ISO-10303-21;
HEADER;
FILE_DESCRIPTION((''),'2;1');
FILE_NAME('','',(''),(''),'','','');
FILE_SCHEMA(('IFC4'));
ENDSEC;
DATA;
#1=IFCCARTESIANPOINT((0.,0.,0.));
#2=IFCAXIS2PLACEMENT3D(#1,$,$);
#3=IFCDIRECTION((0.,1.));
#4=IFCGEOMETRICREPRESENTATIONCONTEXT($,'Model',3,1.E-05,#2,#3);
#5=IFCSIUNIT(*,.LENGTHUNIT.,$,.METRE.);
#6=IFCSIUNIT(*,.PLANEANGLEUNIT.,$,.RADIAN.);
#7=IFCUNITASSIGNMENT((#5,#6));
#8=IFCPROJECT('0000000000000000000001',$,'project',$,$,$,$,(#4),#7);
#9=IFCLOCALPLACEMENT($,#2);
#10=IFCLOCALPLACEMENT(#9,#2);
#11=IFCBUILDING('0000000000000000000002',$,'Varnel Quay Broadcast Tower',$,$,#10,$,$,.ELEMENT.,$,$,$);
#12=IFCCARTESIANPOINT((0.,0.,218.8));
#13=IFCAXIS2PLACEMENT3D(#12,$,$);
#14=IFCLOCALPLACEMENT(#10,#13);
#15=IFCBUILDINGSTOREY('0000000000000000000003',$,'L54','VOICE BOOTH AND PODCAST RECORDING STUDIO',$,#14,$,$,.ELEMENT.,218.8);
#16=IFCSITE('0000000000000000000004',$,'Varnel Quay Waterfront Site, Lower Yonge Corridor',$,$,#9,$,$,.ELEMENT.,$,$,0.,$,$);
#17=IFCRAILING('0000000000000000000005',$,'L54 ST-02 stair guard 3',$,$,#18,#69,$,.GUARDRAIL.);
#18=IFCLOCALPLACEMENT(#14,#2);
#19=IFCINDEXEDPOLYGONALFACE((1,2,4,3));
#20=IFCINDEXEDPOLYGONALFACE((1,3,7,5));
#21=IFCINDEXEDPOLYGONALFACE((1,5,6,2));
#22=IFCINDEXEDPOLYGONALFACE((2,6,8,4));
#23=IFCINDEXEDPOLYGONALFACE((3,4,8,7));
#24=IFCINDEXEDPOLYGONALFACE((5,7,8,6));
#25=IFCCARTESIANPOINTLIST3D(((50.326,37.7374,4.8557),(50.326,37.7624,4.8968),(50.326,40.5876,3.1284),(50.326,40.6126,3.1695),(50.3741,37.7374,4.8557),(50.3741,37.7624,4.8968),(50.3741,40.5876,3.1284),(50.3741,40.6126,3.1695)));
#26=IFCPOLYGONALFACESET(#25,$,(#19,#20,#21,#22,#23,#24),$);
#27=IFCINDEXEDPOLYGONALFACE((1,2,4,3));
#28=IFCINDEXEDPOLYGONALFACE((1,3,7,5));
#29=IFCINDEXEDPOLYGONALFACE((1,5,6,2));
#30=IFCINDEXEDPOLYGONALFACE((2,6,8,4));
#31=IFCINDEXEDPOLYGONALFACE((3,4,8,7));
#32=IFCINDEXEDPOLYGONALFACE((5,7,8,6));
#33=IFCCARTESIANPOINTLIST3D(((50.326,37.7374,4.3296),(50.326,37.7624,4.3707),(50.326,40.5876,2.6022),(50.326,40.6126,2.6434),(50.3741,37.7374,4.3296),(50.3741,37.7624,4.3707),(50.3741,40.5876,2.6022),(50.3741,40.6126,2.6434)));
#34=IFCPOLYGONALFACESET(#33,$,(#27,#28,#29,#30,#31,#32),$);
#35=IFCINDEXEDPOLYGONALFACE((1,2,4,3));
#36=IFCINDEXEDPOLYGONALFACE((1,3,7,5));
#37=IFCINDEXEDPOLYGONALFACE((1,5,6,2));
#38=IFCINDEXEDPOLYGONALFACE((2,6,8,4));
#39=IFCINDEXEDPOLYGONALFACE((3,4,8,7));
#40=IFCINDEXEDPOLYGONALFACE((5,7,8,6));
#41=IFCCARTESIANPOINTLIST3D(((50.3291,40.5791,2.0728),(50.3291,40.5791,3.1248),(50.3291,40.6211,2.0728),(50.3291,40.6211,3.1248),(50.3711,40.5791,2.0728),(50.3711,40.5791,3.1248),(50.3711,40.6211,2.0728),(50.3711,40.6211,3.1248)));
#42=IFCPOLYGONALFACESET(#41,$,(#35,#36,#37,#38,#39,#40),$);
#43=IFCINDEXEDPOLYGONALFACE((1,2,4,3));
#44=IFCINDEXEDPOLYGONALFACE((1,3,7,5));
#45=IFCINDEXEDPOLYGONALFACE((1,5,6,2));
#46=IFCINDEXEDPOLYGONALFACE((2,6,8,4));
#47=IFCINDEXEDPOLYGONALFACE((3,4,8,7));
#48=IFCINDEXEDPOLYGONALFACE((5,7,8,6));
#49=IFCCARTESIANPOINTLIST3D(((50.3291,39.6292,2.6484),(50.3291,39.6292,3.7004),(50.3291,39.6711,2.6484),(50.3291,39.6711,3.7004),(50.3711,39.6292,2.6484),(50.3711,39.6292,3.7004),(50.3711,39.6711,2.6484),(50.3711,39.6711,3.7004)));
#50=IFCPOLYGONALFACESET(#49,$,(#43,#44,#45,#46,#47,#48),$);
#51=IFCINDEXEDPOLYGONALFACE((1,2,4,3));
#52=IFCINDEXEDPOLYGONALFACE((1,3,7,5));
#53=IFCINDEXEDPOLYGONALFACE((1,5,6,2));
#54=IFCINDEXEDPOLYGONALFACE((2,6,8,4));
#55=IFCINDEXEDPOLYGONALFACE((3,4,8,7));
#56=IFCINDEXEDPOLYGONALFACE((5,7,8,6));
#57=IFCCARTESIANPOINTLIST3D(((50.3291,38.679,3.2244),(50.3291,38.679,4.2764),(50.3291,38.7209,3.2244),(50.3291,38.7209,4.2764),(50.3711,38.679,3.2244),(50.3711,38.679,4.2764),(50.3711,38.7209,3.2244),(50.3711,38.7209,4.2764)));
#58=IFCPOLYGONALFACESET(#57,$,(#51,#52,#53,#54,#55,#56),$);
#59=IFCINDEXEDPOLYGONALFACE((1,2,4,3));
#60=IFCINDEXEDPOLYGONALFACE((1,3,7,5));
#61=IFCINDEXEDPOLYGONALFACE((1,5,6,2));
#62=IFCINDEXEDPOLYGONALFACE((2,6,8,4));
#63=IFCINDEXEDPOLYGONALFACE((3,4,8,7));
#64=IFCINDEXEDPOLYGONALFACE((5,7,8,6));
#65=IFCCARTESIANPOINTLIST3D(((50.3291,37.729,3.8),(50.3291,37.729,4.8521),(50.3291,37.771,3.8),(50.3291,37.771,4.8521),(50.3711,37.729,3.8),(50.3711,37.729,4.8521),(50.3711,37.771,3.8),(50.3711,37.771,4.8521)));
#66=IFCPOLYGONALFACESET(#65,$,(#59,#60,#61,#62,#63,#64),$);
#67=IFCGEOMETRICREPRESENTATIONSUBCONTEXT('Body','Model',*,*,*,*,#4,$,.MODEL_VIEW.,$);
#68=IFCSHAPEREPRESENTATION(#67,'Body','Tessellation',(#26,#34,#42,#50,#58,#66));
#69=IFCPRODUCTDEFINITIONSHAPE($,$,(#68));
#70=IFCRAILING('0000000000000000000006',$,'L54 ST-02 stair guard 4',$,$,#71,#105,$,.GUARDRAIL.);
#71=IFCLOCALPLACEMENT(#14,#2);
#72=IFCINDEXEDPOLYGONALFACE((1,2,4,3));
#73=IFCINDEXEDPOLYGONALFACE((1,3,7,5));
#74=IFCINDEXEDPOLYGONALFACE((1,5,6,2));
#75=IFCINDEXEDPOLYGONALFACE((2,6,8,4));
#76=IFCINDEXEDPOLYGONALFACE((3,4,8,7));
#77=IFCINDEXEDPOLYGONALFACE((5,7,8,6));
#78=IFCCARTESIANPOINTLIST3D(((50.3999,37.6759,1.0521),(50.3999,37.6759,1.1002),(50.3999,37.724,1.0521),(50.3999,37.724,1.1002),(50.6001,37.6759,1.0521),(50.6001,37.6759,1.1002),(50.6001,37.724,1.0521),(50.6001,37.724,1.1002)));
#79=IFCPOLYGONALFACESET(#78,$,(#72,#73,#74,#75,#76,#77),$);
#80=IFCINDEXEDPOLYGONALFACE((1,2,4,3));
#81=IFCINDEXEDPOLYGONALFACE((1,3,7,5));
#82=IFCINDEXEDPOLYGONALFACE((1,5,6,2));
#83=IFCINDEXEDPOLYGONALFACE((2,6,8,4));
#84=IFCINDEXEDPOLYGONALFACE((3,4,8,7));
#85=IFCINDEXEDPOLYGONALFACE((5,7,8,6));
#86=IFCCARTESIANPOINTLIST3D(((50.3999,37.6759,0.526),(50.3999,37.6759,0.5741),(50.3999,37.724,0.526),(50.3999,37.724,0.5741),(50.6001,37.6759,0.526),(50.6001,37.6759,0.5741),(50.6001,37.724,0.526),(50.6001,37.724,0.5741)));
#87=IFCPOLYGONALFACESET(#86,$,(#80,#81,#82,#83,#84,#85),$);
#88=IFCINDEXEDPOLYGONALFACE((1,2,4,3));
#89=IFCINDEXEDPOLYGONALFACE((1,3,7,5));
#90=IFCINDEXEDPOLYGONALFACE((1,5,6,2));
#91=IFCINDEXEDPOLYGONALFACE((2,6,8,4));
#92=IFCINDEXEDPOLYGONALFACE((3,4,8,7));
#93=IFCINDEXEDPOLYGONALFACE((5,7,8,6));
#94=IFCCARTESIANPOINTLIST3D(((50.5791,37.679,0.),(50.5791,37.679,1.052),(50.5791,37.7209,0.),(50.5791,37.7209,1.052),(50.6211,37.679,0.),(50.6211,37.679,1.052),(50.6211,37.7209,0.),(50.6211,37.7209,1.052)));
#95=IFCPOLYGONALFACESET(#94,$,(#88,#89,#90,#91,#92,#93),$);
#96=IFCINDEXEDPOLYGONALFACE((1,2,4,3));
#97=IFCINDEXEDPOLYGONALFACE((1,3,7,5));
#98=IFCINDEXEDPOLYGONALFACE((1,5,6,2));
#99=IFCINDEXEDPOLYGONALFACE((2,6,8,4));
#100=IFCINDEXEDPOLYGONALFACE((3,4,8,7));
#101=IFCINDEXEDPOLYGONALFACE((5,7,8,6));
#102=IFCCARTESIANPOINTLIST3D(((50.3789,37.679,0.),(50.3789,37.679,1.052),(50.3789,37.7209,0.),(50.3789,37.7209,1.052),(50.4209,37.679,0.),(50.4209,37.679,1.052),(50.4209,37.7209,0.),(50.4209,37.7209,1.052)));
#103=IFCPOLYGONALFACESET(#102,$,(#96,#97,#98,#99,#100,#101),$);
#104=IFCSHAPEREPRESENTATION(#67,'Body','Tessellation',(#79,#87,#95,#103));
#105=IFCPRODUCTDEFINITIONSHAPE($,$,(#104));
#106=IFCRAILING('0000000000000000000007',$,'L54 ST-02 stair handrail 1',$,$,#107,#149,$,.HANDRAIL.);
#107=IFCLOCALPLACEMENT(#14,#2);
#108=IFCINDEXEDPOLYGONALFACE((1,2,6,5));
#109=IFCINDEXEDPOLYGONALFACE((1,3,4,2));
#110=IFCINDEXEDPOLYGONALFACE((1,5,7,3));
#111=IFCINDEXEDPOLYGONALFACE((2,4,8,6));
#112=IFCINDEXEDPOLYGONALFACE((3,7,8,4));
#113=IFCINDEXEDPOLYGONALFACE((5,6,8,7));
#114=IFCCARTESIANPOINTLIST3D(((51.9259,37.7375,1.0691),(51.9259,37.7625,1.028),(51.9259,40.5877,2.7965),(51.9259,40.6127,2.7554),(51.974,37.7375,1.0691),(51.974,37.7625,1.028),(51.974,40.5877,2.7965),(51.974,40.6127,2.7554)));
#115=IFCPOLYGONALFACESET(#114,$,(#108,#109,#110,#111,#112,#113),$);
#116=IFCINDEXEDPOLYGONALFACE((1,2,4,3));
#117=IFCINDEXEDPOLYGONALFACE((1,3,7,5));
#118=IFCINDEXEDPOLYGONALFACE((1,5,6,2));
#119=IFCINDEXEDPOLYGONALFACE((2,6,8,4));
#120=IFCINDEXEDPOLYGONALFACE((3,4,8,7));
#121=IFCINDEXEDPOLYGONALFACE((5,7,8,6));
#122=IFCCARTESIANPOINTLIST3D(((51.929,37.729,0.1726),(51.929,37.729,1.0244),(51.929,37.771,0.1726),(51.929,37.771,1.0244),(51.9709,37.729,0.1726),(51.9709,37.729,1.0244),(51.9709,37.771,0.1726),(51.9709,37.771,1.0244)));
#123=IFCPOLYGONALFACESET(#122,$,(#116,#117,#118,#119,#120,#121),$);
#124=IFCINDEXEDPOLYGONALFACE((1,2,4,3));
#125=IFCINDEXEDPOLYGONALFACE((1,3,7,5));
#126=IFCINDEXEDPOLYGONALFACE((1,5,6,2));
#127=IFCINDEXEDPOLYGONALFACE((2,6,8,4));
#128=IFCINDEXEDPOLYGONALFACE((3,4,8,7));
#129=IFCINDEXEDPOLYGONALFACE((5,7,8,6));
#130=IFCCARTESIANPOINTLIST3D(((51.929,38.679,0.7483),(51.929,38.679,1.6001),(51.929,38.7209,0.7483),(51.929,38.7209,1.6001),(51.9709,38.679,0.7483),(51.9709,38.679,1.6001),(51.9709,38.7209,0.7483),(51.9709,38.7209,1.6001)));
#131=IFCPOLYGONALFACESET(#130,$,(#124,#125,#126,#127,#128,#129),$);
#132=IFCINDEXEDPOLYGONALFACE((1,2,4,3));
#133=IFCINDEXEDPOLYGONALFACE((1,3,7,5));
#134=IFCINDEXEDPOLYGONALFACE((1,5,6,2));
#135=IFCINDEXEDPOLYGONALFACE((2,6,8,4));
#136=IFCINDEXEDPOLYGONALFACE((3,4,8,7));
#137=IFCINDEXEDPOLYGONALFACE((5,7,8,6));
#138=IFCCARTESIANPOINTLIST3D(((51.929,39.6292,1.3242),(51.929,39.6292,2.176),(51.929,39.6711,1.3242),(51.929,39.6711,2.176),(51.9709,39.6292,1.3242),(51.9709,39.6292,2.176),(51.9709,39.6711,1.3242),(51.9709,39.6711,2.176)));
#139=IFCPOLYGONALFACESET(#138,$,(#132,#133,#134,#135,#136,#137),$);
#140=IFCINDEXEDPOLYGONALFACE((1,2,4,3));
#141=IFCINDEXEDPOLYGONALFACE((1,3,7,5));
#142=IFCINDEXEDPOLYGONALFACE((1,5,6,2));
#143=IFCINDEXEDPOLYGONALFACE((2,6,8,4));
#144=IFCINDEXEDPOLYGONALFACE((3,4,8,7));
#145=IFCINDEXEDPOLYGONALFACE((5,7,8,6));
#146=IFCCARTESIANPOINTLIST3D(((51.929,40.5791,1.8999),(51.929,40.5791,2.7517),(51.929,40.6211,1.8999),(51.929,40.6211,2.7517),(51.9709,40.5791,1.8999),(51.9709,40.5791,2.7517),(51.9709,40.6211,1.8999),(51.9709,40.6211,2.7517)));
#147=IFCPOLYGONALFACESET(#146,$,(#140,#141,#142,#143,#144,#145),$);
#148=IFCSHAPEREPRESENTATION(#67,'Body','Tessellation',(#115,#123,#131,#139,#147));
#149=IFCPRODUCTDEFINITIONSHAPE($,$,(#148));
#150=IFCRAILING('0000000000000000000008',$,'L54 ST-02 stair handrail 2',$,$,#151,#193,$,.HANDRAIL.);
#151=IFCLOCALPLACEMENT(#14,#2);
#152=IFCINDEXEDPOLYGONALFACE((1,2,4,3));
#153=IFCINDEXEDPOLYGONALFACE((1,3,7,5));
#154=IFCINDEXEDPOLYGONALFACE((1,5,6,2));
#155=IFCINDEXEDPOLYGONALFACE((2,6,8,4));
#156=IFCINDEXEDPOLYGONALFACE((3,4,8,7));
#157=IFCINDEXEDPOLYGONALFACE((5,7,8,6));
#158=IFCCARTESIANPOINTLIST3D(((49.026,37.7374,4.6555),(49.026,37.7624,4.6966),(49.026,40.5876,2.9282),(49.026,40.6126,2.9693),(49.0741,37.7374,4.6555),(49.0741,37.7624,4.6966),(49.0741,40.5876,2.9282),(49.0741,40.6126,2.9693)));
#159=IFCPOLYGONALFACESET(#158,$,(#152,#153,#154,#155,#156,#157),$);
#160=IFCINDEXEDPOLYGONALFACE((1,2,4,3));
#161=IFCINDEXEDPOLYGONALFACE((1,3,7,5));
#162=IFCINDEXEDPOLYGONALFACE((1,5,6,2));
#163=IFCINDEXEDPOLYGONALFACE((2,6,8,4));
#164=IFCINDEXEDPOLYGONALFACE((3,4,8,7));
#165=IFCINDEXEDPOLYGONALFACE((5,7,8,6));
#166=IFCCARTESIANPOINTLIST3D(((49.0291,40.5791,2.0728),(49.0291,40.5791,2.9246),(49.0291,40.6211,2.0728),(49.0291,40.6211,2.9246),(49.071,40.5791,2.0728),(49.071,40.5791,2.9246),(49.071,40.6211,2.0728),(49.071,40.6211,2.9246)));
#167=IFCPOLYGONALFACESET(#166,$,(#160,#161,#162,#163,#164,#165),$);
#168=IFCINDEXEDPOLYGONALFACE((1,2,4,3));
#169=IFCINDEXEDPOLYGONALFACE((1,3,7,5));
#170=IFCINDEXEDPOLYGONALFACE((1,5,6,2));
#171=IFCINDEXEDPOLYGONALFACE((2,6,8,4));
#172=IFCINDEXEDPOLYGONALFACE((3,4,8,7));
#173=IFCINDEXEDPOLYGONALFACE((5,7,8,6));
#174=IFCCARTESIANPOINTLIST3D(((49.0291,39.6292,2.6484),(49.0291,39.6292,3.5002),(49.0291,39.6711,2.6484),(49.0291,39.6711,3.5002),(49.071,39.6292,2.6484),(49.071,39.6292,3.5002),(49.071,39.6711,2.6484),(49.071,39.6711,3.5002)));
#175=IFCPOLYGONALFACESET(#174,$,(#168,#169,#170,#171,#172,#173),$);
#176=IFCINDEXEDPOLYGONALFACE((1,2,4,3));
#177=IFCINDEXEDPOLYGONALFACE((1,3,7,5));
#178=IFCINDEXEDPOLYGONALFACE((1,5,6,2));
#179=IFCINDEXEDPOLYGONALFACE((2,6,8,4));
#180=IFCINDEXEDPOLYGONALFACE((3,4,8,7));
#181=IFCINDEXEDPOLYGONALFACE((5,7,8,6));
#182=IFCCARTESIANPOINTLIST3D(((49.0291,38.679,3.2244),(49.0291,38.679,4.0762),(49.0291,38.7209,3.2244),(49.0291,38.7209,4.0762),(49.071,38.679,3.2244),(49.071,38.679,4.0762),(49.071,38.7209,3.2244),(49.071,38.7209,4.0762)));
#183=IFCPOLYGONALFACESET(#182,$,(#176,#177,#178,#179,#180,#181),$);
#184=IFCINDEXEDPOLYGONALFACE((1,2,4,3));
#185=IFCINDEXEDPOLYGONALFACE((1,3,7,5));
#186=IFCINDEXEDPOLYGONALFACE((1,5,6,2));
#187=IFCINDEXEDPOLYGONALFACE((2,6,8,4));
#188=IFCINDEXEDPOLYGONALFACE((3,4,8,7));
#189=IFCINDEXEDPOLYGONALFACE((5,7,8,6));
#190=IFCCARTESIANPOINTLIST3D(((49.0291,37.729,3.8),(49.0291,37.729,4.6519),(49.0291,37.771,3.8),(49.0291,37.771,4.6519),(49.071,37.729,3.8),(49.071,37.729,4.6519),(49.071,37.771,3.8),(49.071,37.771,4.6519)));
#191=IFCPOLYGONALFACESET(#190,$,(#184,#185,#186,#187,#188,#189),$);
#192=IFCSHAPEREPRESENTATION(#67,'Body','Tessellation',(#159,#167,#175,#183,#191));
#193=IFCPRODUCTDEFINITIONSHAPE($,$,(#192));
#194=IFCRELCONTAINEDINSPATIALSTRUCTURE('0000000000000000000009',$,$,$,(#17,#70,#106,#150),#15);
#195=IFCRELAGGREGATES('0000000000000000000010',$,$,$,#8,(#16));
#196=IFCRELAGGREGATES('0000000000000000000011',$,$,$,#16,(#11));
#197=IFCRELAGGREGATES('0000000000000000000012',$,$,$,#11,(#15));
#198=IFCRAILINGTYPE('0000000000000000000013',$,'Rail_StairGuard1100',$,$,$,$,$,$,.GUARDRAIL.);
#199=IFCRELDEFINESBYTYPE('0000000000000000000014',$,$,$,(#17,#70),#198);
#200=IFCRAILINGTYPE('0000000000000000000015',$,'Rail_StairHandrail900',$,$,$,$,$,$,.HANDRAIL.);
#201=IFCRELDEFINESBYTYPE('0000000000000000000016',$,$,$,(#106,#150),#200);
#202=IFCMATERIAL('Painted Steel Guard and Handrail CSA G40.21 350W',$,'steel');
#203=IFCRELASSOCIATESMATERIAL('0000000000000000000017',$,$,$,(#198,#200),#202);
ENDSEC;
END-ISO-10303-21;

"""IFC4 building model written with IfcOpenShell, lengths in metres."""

from ifc_helpers import new_model, si_unit, direction, frame, origin, origin_2d, place, context, subcontext, project, spatial, rectangle, extrude, material, type_object, element, save


model = new_model("IFC4")

# Units and contexts
model_context = context("Model", 3, precision=1e-05, world=origin(), true_north=direction((0.0, 1.0)))
body_context = subcontext(model_context, "Body", "Model", "MODEL_VIEW")
ifc_project = project(units=[si_unit("LENGTHUNIT", "METRE"), si_unit("PLANEANGLEUNIT", "RADIAN")], contexts=[model_context])

# Site, building, storey
site_placement = place(None, origin())
site = spatial("IfcSite", under=ifc_project, at=site_placement, Name="Varnel Quay Waterfront Site, Lower Yonge Corridor", CompositionType="ELEMENT", RefElevation=0.0)
building_placement = place(site_placement, origin())
building = spatial("IfcBuilding", under=site, at=building_placement, Name="Varnel Quay Broadcast Tower", CompositionType="ELEMENT")
storey_placement = place(building_placement, frame((0.0, 0.0, 218.8)))
storey = spatial("IfcBuildingStorey", under=building, at=storey_placement, Name="L54", Description="VOICE BOOTH AND PODCAST RECORDING STUDIO", CompositionType="ELEMENT", Elevation=218.8)

# Railings
ifc_material_1 = material(Name="Painted Steel Guard and Handrail CSA G40.21 350W", Category="steel")
railing_type_1 = type_object("IfcRailingType", Name="Rail_StairGuard1100", PredefinedType="GUARDRAIL", material=ifc_material_1)
railing_1_placement = place(storey_placement, frame((50.3501, 40.6001, 2.0728)))
element("IfcRailing", 1, at=railing_1_placement, inside=storey, type_object=railing_type_1, Name="L54 ST-02 stair guard 3", PredefinedType="GUARDRAIL", context=body_context, shape_type="SweptSolid", body=[
    extrude(rectangle(XDim=0.0481, YDim=0.0481, at=origin_2d()), frame((0.0, 0.0, 1.0762), z_axis=(0.0, -0.855203, 0.518294), x_axis=(1.0, 0.0, 0.0)), (0.0, 0.0, 1.0), 3.3328),
    extrude(rectangle(XDim=0.0481, YDim=0.0481, at=origin_2d()), frame((0.0, 0.0, 0.55), z_axis=(0.0, -0.855203, 0.518294), x_axis=(1.0, 0.0, 0.0)), (0.0, 0.0, 1.0), 3.3328),
    extrude(rectangle(XDim=0.042, YDim=0.042, at=origin_2d()), origin(), (0.0, 0.0, 1.0), 1.052),
    extrude(rectangle(XDim=0.042, YDim=0.042, at=origin_2d()), frame((0.0, -0.95, 0.5757)), (0.0, 0.0, 1.0), 1.052),
    extrude(rectangle(XDim=0.042, YDim=0.042, at=origin_2d()), frame((0.0, -1.9001, 1.1516)), (0.0, 0.0, 1.0), 1.052),
    extrude(rectangle(XDim=0.042, YDim=0.042, at=origin_2d()), frame((0.0, -2.8501, 1.7273)), (0.0, 0.0, 1.0), 1.052),
])
railing_2_placement = place(storey_placement, frame((50.6001, 37.7, 0.0)))
element("IfcRailing", 2, at=railing_2_placement, inside=storey, type_object=railing_type_1, Name="L54 ST-02 stair guard 4", PredefinedType="GUARDRAIL", context=body_context, shape_type="SweptSolid", body=[
    extrude(rectangle(XDim=0.0481, YDim=0.0481, at=origin_2d()), frame((0.0, 0.0, 1.0762), z_axis=(-1.0, 0.0, 0.0), x_axis=(0.0, -1.0, 0.0)), (0.0, 0.0, 1.0), 0.2002),
    extrude(rectangle(XDim=0.0481, YDim=0.0481, at=origin_2d()), frame((0.0, 0.0, 0.55), z_axis=(-1.0, 0.0, 0.0), x_axis=(0.0, -1.0, 0.0)), (0.0, 0.0, 1.0), 0.2002),
    extrude(rectangle(XDim=0.042, YDim=0.042, at=origin_2d()), origin(), (0.0, 0.0, 1.0), 1.052),
    extrude(rectangle(XDim=0.042, YDim=0.042, at=origin_2d()), frame((-0.2002, 0.0, 0.0)), (0.0, 0.0, 1.0), 1.052),
])
railing_type_2 = type_object("IfcRailingType", Name="Rail_StairHandrail900", PredefinedType="HANDRAIL", material=ifc_material_1)
railing_3_placement = place(storey_placement, frame((51.95, 37.75, 0.1726)))
element("IfcRailing", 3, at=railing_3_placement, inside=storey, type_object=railing_type_2, Name="L54 ST-02 stair handrail 1", PredefinedType="HANDRAIL", context=body_context, shape_type="SweptSolid", body=[
    extrude(rectangle(XDim=0.0481, YDim=0.0481, at=origin_2d()), frame((0.0, 0.0, 0.876), z_axis=(0.0, 0.855203, 0.518294), x_axis=(-1.0, 0.0, 0.0)), (0.0, 0.0, 1.0), 3.3328),
    extrude(rectangle(XDim=0.042, YDim=0.042, at=origin_2d()), origin(), (0.0, 0.0, 1.0), 0.8518),
    extrude(rectangle(XDim=0.042, YDim=0.042, at=origin_2d()), frame((0.0, 0.95, 0.5757)), (0.0, 0.0, 1.0), 0.8518),
    extrude(rectangle(XDim=0.042, YDim=0.042, at=origin_2d()), frame((0.0, 1.9001, 1.1516)), (0.0, 0.0, 1.0), 0.8518),
    extrude(rectangle(XDim=0.042, YDim=0.042, at=origin_2d()), frame((0.0, 2.8501, 1.7273)), (0.0, 0.0, 1.0), 0.8518),
])
railing_4_placement = place(storey_placement, frame((49.05, 40.6001, 2.0728)))
element("IfcRailing", 4, at=railing_4_placement, inside=storey, type_object=railing_type_2, Name="L54 ST-02 stair handrail 2", PredefinedType="HANDRAIL", context=body_context, shape_type="SweptSolid", body=[
    extrude(rectangle(XDim=0.0481, YDim=0.0481, at=origin_2d()), frame((0.0, 0.0, 0.876), z_axis=(0.0, -0.855203, 0.518294), x_axis=(1.0, 0.0, 0.0)), (0.0, 0.0, 1.0), 3.3328),
    extrude(rectangle(XDim=0.042, YDim=0.042, at=origin_2d()), origin(), (0.0, 0.0, 1.0), 0.8518),
    extrude(rectangle(XDim=0.042, YDim=0.042, at=origin_2d()), frame((0.0, -0.95, 0.5757)), (0.0, 0.0, 1.0), 0.8518),
    extrude(rectangle(XDim=0.042, YDim=0.042, at=origin_2d()), frame((0.0, -1.9001, 1.1516)), (0.0, 0.0, 1.0), 0.8518),
    extrude(rectangle(XDim=0.042, YDim=0.042, at=origin_2d()), frame((0.0, -2.8501, 1.7273)), (0.0, 0.0, 1.0), 0.8518),
])

save(model, "model.ifc")
